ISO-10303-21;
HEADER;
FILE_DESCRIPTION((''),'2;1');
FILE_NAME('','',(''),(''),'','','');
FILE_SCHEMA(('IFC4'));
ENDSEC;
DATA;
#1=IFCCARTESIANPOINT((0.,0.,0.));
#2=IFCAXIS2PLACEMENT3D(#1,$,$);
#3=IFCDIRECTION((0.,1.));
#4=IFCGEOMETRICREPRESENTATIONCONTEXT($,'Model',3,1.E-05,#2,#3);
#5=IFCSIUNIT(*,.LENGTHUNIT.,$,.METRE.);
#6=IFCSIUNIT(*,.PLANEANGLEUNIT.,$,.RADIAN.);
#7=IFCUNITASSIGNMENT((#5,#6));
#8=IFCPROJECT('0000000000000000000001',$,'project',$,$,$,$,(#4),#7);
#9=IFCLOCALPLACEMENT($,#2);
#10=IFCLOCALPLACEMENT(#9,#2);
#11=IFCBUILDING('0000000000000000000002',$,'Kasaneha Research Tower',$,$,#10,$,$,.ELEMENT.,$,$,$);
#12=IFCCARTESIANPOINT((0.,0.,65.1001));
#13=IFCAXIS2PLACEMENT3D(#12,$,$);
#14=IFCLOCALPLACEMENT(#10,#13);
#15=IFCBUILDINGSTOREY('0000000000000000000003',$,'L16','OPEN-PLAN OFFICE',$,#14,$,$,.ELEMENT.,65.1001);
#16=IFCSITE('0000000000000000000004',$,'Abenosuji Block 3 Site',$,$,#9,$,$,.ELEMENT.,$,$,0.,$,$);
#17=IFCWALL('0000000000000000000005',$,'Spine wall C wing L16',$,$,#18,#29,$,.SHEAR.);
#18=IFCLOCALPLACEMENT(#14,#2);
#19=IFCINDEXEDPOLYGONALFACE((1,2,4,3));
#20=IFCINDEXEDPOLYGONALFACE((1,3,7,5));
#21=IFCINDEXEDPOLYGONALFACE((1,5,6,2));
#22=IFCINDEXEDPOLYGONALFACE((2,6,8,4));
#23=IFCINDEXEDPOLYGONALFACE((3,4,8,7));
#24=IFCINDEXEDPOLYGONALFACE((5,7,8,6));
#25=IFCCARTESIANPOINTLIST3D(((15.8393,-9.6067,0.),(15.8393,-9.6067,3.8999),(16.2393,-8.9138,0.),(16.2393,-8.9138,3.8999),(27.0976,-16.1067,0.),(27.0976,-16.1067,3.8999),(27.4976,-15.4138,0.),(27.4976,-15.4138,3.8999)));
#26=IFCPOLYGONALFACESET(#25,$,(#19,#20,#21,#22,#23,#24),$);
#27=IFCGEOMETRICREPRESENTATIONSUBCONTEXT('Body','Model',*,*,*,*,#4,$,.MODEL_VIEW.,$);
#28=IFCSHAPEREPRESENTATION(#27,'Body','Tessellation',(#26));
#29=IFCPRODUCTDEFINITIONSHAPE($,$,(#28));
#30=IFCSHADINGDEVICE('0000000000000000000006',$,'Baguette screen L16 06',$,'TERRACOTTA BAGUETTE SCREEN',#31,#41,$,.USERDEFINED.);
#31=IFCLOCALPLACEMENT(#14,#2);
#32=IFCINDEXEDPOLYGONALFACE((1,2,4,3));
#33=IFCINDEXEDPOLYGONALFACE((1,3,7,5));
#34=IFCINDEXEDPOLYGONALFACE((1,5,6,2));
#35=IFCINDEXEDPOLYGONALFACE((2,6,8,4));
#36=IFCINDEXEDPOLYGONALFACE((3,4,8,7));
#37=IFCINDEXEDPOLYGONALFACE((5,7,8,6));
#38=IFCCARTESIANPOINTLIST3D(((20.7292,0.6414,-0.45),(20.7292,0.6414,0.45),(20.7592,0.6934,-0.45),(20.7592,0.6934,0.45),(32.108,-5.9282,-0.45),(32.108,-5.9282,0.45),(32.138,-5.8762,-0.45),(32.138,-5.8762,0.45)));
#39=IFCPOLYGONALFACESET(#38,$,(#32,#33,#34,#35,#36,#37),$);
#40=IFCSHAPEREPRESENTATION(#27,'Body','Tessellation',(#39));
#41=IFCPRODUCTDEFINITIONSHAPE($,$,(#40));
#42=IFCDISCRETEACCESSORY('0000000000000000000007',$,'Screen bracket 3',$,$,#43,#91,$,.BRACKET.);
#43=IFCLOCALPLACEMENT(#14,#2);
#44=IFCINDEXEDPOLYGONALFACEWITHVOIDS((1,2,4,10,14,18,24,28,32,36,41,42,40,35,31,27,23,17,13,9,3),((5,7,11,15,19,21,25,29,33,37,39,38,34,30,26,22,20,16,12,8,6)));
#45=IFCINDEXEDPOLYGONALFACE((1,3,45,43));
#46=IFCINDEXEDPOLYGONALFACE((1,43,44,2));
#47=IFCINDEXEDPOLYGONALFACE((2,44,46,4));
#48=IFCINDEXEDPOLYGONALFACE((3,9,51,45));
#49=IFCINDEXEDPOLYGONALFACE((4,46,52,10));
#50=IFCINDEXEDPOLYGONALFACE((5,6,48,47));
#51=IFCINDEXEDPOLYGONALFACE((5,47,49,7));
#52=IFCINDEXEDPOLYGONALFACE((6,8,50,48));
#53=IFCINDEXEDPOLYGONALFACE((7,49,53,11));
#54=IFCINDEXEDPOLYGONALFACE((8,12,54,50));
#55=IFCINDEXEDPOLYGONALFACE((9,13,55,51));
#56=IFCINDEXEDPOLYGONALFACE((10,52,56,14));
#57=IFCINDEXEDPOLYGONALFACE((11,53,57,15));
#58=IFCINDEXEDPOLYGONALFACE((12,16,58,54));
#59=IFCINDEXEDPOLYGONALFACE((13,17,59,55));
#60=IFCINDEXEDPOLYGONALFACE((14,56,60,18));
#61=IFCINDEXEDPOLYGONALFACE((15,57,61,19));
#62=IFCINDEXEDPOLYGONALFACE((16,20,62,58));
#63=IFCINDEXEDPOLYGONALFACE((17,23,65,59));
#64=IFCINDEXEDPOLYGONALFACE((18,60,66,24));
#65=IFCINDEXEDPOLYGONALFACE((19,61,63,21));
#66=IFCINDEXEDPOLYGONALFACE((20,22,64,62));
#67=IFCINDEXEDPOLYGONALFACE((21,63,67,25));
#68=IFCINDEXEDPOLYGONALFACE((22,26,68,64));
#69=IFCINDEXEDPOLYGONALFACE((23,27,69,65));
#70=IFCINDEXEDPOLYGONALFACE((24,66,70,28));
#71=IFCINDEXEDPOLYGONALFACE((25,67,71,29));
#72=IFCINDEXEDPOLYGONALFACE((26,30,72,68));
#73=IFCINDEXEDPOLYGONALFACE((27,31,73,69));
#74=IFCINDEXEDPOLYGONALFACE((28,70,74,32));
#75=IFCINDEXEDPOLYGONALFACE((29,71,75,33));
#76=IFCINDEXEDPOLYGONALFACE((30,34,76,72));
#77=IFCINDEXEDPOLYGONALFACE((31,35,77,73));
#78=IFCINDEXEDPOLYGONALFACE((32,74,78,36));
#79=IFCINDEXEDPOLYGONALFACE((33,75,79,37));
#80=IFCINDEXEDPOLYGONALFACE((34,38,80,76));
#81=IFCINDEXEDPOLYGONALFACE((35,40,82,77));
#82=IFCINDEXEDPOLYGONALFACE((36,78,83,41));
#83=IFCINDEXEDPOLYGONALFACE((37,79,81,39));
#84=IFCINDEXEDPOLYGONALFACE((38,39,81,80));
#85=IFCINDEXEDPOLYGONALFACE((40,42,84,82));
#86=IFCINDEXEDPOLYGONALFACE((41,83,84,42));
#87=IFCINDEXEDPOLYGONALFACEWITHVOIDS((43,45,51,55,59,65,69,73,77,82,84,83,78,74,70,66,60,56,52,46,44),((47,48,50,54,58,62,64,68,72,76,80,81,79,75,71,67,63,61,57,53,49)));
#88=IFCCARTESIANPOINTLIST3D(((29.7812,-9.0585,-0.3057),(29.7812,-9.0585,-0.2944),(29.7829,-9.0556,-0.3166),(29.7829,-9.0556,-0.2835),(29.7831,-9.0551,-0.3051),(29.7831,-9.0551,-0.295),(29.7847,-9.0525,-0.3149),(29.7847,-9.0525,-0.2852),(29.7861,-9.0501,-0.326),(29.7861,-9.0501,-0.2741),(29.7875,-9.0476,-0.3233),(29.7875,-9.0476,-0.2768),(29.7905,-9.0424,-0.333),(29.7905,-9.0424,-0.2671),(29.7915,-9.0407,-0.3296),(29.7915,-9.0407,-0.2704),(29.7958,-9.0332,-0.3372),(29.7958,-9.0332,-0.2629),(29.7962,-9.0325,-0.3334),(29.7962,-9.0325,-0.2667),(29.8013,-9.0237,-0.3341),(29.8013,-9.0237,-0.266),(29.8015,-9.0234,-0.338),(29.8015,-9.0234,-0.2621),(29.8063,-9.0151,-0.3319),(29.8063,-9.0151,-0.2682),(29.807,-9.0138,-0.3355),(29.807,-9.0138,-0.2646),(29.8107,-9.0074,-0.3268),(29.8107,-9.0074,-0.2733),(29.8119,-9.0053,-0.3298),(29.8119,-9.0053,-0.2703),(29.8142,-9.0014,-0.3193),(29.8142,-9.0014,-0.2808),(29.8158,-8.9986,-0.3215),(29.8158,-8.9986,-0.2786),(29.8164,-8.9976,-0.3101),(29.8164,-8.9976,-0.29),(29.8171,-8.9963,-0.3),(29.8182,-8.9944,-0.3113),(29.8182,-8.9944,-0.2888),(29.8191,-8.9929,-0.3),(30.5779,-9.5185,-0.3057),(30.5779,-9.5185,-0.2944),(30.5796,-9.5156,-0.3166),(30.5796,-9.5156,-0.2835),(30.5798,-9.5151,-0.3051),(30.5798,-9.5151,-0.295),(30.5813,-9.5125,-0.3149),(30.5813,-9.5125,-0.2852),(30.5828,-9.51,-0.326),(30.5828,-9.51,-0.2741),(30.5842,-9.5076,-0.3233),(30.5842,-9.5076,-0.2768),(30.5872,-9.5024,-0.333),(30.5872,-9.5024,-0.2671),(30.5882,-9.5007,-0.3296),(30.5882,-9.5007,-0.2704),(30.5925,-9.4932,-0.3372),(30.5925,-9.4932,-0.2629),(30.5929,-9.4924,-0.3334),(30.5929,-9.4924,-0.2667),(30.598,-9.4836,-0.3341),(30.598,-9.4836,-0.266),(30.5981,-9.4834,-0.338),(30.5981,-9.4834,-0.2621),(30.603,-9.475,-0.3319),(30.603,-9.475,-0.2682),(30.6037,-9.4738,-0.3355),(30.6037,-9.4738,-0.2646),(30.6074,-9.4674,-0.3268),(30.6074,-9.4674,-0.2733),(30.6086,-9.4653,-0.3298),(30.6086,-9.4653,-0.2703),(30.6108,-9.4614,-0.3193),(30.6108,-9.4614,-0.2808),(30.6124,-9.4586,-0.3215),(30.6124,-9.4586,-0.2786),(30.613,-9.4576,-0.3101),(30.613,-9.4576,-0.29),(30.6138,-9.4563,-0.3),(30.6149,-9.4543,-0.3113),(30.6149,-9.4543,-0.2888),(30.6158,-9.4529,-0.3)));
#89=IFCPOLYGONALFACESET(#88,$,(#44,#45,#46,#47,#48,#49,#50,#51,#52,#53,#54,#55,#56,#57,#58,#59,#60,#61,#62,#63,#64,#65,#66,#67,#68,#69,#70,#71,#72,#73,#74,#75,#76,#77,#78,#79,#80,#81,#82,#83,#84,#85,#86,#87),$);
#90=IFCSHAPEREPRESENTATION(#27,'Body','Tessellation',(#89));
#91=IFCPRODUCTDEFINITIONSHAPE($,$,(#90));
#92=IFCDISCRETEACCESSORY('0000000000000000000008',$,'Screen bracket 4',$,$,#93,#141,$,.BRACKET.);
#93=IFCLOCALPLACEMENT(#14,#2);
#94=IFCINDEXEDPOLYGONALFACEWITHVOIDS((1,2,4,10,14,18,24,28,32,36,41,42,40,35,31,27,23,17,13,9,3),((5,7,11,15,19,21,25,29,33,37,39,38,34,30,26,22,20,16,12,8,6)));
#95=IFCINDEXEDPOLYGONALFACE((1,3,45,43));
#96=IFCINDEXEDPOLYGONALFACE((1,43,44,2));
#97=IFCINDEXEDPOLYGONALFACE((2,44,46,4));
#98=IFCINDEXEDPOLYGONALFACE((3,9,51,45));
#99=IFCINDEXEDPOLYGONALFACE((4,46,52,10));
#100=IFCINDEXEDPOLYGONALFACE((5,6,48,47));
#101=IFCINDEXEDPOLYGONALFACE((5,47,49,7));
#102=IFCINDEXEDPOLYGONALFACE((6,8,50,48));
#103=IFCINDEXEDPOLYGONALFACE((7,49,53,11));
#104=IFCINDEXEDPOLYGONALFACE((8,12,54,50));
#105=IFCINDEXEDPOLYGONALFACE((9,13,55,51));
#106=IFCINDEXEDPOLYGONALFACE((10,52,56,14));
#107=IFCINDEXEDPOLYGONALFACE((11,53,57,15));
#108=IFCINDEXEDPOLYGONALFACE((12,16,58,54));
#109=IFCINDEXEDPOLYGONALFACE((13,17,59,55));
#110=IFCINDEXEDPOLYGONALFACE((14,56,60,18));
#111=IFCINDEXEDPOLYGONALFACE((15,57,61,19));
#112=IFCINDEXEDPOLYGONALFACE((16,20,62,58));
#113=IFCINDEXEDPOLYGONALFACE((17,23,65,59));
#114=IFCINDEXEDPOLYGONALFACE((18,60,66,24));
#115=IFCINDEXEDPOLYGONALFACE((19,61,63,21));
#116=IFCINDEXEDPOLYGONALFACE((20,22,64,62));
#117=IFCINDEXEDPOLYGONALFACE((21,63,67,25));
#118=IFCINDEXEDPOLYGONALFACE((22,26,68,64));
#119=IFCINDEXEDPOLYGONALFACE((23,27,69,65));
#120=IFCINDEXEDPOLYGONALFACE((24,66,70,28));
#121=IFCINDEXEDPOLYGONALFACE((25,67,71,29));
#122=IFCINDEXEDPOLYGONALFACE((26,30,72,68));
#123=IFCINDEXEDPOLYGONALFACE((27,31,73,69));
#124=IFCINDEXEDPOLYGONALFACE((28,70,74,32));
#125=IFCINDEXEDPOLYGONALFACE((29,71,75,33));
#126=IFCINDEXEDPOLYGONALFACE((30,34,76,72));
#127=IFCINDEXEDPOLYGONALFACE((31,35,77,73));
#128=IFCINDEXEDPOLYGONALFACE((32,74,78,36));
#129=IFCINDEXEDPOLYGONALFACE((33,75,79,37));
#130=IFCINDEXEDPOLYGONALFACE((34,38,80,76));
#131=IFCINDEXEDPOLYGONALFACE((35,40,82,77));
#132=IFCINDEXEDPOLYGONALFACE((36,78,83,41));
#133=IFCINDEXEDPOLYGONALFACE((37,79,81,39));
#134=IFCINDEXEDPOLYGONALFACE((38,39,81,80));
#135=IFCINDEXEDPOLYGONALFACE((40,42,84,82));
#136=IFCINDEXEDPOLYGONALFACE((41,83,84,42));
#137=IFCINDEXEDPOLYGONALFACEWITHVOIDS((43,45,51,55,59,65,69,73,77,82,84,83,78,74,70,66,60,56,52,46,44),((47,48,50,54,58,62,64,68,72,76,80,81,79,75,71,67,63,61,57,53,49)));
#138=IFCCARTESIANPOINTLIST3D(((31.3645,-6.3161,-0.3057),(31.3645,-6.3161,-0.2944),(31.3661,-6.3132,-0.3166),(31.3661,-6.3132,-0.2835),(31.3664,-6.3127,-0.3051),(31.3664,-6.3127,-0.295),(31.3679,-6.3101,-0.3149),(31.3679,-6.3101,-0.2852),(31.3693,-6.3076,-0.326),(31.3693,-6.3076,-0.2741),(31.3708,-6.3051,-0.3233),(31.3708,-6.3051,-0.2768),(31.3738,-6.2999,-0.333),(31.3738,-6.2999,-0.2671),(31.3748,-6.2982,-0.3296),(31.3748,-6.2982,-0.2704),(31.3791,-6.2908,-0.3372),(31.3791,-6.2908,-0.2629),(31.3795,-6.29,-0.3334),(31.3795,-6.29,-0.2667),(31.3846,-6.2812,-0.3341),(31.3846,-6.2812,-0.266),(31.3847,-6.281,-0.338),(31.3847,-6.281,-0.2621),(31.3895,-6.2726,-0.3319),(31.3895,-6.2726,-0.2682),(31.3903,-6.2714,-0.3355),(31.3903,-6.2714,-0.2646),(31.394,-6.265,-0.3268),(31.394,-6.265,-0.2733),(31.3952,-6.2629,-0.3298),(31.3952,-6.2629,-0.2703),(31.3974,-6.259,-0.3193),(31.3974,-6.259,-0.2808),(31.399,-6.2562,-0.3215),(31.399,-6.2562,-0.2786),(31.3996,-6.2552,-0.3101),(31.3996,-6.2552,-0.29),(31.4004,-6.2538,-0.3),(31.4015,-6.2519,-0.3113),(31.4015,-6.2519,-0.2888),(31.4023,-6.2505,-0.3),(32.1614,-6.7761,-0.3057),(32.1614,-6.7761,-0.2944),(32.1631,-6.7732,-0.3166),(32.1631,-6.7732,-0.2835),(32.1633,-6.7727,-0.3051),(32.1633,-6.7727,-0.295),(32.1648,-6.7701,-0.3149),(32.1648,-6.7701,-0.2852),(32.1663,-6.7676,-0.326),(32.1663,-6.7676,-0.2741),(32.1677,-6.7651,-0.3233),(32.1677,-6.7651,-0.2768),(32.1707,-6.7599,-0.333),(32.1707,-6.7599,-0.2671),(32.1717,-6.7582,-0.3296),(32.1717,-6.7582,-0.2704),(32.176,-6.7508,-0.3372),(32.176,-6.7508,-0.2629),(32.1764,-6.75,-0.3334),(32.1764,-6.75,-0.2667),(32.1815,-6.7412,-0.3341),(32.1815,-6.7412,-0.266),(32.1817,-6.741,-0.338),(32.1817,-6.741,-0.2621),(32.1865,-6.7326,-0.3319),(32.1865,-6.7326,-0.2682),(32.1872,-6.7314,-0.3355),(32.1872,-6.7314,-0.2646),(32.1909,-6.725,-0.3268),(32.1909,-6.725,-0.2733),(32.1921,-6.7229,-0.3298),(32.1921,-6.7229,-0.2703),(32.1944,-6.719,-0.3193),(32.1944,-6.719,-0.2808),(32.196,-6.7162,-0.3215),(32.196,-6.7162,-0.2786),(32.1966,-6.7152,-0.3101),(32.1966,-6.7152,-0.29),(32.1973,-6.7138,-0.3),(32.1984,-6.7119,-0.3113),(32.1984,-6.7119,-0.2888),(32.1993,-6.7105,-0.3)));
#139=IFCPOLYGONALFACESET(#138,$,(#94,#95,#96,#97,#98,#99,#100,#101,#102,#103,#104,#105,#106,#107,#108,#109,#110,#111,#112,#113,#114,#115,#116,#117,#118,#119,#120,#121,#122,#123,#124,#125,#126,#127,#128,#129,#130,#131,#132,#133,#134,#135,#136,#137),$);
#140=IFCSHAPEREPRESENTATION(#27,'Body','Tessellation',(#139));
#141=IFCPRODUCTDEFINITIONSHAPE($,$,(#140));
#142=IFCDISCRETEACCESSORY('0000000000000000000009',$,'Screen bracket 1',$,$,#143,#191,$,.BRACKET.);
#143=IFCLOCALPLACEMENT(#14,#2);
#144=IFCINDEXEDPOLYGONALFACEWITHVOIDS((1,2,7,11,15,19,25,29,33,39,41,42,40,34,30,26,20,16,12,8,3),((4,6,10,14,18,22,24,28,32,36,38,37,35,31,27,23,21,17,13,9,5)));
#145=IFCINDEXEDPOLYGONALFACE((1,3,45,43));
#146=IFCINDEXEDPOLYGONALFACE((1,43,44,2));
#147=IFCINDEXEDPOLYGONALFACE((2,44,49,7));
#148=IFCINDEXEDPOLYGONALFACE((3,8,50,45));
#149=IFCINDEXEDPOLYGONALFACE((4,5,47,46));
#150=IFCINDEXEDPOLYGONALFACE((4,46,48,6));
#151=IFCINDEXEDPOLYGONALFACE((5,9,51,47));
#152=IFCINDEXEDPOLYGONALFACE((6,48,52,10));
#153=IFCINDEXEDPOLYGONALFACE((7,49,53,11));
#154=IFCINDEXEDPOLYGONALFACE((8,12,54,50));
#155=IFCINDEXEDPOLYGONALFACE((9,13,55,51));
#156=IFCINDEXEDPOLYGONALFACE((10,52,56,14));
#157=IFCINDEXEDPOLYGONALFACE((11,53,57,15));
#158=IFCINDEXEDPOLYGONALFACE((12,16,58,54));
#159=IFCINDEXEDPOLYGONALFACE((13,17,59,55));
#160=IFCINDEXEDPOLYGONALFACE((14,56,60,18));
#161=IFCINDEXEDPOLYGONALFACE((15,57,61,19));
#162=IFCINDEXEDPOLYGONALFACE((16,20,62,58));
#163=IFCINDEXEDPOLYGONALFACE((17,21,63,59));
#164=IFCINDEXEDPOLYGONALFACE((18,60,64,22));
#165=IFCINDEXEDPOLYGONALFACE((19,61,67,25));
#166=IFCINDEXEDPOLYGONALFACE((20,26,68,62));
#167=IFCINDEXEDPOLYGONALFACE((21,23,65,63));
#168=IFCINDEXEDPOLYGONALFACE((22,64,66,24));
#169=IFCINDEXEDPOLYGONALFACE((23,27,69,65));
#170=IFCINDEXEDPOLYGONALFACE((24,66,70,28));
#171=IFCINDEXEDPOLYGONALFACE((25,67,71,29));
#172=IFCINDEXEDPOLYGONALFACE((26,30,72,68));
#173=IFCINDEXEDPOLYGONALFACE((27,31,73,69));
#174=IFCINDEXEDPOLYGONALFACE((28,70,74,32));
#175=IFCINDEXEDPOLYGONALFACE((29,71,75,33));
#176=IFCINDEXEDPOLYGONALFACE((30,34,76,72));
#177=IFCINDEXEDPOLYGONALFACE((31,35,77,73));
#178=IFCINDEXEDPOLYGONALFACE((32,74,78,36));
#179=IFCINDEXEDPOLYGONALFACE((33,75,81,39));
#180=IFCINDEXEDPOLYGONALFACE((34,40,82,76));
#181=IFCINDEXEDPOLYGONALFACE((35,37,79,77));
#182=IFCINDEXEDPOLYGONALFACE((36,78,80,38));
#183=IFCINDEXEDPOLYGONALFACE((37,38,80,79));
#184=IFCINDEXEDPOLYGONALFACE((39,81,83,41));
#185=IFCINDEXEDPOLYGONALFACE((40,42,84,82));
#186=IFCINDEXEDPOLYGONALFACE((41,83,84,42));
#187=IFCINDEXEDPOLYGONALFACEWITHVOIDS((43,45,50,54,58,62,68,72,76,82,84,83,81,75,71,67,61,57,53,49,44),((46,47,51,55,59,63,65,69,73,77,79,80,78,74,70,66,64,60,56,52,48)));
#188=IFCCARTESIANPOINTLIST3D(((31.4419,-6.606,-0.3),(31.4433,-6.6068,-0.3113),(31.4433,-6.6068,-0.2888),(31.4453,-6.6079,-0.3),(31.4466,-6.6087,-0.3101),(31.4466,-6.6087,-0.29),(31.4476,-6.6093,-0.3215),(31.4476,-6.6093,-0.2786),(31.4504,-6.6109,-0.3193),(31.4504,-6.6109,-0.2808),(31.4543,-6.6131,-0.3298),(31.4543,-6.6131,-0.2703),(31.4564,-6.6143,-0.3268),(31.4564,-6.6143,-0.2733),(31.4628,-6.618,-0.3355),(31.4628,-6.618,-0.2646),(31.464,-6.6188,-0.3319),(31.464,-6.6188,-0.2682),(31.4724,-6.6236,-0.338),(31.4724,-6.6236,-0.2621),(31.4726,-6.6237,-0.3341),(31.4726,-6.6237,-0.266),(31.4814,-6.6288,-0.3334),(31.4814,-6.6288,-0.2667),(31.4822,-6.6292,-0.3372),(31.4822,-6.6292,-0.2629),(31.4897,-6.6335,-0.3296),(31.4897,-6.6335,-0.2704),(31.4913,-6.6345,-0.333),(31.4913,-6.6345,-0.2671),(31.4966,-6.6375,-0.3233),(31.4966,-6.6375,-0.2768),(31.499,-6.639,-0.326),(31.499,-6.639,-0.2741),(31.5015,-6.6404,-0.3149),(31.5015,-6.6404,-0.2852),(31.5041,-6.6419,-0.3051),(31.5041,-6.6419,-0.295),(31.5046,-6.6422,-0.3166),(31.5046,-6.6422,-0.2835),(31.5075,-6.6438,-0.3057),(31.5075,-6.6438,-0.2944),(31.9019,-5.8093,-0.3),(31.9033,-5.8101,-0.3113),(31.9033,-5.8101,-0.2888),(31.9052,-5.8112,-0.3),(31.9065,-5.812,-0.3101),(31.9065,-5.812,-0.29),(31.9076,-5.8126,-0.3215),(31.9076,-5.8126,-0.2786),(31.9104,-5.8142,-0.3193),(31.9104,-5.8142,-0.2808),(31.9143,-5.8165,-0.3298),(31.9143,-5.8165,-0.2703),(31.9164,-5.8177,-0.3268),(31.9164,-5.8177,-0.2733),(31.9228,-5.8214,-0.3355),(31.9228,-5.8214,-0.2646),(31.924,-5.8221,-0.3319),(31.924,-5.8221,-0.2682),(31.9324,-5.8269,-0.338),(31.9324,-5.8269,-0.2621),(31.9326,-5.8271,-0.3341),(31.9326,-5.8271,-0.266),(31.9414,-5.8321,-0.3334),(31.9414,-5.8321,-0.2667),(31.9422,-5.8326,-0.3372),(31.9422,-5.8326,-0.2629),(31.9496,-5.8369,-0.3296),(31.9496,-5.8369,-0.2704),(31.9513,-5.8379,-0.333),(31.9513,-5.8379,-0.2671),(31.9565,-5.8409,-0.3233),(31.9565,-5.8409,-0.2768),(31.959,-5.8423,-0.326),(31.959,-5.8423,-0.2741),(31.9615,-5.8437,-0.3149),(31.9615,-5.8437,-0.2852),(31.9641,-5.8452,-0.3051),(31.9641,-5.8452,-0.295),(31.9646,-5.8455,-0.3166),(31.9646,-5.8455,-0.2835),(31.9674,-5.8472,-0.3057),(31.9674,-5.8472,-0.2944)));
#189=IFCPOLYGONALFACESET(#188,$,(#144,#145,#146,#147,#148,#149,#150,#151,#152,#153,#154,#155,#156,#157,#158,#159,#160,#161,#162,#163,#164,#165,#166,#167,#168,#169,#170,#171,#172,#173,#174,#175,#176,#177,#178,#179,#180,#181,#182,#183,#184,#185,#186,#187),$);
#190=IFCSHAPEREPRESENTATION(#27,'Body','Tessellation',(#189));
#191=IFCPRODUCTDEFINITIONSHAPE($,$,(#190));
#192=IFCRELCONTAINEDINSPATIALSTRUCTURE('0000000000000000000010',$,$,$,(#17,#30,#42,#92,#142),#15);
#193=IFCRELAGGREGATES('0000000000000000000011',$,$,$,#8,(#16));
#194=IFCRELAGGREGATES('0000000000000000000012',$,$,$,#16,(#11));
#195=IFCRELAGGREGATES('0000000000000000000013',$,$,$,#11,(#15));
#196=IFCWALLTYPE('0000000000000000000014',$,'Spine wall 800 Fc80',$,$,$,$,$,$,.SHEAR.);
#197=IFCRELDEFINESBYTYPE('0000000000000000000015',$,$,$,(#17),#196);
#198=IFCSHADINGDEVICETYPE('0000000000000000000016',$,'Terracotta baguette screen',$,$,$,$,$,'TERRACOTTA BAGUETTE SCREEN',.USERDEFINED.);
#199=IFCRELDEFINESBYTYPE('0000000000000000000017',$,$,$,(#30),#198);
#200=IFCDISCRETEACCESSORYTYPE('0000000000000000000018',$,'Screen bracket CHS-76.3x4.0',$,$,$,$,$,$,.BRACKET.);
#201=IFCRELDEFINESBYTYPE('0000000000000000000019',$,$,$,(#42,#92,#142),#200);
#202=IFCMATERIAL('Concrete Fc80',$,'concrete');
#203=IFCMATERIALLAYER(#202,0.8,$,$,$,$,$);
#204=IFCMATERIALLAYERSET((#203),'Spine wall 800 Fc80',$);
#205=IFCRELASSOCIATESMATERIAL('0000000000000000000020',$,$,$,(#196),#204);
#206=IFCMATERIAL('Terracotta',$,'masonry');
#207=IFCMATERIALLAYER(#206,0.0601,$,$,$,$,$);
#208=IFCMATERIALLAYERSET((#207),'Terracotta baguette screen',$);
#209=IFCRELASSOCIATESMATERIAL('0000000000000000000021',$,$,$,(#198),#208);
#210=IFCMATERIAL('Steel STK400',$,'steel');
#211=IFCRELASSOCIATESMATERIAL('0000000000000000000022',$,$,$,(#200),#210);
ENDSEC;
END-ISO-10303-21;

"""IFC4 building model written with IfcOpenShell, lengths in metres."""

from ifc_helpers import new_model, si_unit, direction, frame, frame_2d, origin, origin_2d, place, context, subcontext, project, spatial, rectangle, hollow_circle, extrude, material, layer, layer_set, material_profile, profile_set, type_object, element, save


model = new_model("IFC4")

# Units and contexts
model_context = context("Model", 3, precision=1e-05, world=origin(), true_north=direction((0.0, 1.0)))
body_context = subcontext(model_context, "Body", "Model", "MODEL_VIEW")
ifc_project = project(units=[si_unit("LENGTHUNIT", "METRE"), si_unit("PLANEANGLEUNIT", "RADIAN")], contexts=[model_context])

# Site, building, storey
site_placement = place(None, origin())
site = spatial("IfcSite", under=ifc_project, at=site_placement, Name="Abenosuji Block 3 Site", CompositionType="ELEMENT", RefElevation=0.0)
building_placement = place(site_placement, origin())
building = spatial("IfcBuilding", under=site, at=building_placement, Name="Kasaneha Research Tower", CompositionType="ELEMENT")
storey_placement = place(building_placement, frame((0.0, 0.0, 65.1001)))
storey = spatial("IfcBuildingStorey", under=building, at=storey_placement, Name="L16", Description="OPEN-PLAN OFFICE", CompositionType="ELEMENT", Elevation=65.1001)

# Wall
ifc_material_1 = material(Name="Concrete Fc80", Category="concrete")
ifc_layer_1 = layer(ifc_material_1, 0.8)
ifc_layer_set_1 = layer_set([ifc_layer_1], Name="Spine wall 800 Fc80")
wall_type_1 = type_object("IfcWallType", Name="Spine wall 800 Fc80", PredefinedType="SHEAR", material=ifc_layer_set_1)
wall_1_placement = place(storey_placement, frame((16.0393, -9.2603, 0.0), z_axis=(0.0, 0.0, 1.0), x_axis=(0.866025, -0.500001, 0.0)))
element("IfcWall", 1, at=wall_1_placement, inside=storey, type_object=wall_type_1, Name="Spine wall C wing L16", PredefinedType="SHEAR", context=body_context, shape_type="SweptSolid", body=[
    extrude(rectangle(XDim=13.0, YDim=0.8, at=frame_2d((6.5, 0.0))), origin(), (0.0, 0.0, 1.0), 3.8999),
])

# Shading device
ifc_material_2 = material(Name="Terracotta", Category="masonry")
ifc_layer_2 = layer(ifc_material_2, 0.0601)
ifc_layer_set_2 = layer_set([ifc_layer_2], Name="Terracotta baguette screen")
shading_device_type = type_object("IfcShadingDeviceType", Name="Terracotta baguette screen", ElementType="TERRACOTTA BAGUETTE SCREEN", PredefinedType="USERDEFINED", material=ifc_layer_set_2)
shading_device_placement = place(storey_placement, frame((26.4336, -2.6174, -0.45), z_axis=(0.0, 0.0, 1.0), x_axis=(-0.866025, 0.5, 0.0)))
element("IfcShadingDevice", 2, at=shading_device_placement, inside=storey, type_object=shading_device_type, Name="Baguette screen L16 06", ObjectType="TERRACOTTA BAGUETTE SCREEN", PredefinedType="USERDEFINED", context=body_context, shape_type="SweptSolid", body=[
    extrude(rectangle(XDim=13.1392, YDim=0.0601, at=origin_2d()), origin(), (0.0, 0.0, 1.0), 0.8999),
])

# Discrete accessories
ifc_material_3 = material(Name="Steel STK400", Category="steel")
ifc_material_profile_1 = material_profile(ifc_material_3, hollow_circle(Radius=0.0381, WallThickness=0.0039, at=origin_2d()), Name="CHS-76.3x4.0")
ifc_profile_set_1 = profile_set([ifc_material_profile_1], Name="Steel STK400")
discrete_accessory_type = type_object("IfcDiscreteAccessoryType", Name="Screen bracket CHS-76.3x4.0", PredefinedType="BRACKET", material=ifc_profile_set_1)
discrete_accessory_1_placement = place(storey_placement, frame((29.8, -9.0259, -0.3), z_axis=(0.866013, -0.500021, 0.0), x_axis=(0.500021, 0.866013, 0.0)))
element("IfcDiscreteAccessory", 3, at=discrete_accessory_1_placement, inside=storey, type_object=discrete_accessory_type, Name="Screen bracket 3", PredefinedType="BRACKET", context=body_context, shape_type="SweptSolid", body=[
    extrude(hollow_circle(Radius=0.0381, WallThickness=0.0039, at=origin_2d()), origin(), (0.0, 0.0, 1.0), 0.9199),
])
discrete_accessory_2_placement = place(storey_placement, frame((31.3833, -6.2834, -0.3), z_axis=(0.86608, -0.499906, 0.0), x_axis=(0.499906, 0.86608, 0.0)))
element("IfcDiscreteAccessory", 4, at=discrete_accessory_2_placement, inside=storey, type_object=discrete_accessory_type, Name="Screen bracket 4", PredefinedType="BRACKET", context=body_context, shape_type="SweptSolid", body=[
    extrude(hollow_circle(Radius=0.0381, WallThickness=0.0039, at=origin_2d()), origin(), (0.0, 0.0, 1.0), 0.9202),
])
discrete_accessory_3_placement = place(storey_placement, frame((31.4749, -6.625, -0.3), z_axis=(0.500021, 0.866013, 0.0), x_axis=(-0.866013, 0.500021, 0.0)))
element("IfcDiscreteAccessory", 5, at=discrete_accessory_3_placement, inside=storey, type_object=discrete_accessory_type, Name="Screen bracket 1", PredefinedType="BRACKET", context=body_context, shape_type="SweptSolid", body=[
    extrude(hollow_circle(Radius=0.0381, WallThickness=0.0039, at=origin_2d()), origin(), (0.0, 0.0, 1.0), 0.9199),
])

save(model, "model.ifc")
